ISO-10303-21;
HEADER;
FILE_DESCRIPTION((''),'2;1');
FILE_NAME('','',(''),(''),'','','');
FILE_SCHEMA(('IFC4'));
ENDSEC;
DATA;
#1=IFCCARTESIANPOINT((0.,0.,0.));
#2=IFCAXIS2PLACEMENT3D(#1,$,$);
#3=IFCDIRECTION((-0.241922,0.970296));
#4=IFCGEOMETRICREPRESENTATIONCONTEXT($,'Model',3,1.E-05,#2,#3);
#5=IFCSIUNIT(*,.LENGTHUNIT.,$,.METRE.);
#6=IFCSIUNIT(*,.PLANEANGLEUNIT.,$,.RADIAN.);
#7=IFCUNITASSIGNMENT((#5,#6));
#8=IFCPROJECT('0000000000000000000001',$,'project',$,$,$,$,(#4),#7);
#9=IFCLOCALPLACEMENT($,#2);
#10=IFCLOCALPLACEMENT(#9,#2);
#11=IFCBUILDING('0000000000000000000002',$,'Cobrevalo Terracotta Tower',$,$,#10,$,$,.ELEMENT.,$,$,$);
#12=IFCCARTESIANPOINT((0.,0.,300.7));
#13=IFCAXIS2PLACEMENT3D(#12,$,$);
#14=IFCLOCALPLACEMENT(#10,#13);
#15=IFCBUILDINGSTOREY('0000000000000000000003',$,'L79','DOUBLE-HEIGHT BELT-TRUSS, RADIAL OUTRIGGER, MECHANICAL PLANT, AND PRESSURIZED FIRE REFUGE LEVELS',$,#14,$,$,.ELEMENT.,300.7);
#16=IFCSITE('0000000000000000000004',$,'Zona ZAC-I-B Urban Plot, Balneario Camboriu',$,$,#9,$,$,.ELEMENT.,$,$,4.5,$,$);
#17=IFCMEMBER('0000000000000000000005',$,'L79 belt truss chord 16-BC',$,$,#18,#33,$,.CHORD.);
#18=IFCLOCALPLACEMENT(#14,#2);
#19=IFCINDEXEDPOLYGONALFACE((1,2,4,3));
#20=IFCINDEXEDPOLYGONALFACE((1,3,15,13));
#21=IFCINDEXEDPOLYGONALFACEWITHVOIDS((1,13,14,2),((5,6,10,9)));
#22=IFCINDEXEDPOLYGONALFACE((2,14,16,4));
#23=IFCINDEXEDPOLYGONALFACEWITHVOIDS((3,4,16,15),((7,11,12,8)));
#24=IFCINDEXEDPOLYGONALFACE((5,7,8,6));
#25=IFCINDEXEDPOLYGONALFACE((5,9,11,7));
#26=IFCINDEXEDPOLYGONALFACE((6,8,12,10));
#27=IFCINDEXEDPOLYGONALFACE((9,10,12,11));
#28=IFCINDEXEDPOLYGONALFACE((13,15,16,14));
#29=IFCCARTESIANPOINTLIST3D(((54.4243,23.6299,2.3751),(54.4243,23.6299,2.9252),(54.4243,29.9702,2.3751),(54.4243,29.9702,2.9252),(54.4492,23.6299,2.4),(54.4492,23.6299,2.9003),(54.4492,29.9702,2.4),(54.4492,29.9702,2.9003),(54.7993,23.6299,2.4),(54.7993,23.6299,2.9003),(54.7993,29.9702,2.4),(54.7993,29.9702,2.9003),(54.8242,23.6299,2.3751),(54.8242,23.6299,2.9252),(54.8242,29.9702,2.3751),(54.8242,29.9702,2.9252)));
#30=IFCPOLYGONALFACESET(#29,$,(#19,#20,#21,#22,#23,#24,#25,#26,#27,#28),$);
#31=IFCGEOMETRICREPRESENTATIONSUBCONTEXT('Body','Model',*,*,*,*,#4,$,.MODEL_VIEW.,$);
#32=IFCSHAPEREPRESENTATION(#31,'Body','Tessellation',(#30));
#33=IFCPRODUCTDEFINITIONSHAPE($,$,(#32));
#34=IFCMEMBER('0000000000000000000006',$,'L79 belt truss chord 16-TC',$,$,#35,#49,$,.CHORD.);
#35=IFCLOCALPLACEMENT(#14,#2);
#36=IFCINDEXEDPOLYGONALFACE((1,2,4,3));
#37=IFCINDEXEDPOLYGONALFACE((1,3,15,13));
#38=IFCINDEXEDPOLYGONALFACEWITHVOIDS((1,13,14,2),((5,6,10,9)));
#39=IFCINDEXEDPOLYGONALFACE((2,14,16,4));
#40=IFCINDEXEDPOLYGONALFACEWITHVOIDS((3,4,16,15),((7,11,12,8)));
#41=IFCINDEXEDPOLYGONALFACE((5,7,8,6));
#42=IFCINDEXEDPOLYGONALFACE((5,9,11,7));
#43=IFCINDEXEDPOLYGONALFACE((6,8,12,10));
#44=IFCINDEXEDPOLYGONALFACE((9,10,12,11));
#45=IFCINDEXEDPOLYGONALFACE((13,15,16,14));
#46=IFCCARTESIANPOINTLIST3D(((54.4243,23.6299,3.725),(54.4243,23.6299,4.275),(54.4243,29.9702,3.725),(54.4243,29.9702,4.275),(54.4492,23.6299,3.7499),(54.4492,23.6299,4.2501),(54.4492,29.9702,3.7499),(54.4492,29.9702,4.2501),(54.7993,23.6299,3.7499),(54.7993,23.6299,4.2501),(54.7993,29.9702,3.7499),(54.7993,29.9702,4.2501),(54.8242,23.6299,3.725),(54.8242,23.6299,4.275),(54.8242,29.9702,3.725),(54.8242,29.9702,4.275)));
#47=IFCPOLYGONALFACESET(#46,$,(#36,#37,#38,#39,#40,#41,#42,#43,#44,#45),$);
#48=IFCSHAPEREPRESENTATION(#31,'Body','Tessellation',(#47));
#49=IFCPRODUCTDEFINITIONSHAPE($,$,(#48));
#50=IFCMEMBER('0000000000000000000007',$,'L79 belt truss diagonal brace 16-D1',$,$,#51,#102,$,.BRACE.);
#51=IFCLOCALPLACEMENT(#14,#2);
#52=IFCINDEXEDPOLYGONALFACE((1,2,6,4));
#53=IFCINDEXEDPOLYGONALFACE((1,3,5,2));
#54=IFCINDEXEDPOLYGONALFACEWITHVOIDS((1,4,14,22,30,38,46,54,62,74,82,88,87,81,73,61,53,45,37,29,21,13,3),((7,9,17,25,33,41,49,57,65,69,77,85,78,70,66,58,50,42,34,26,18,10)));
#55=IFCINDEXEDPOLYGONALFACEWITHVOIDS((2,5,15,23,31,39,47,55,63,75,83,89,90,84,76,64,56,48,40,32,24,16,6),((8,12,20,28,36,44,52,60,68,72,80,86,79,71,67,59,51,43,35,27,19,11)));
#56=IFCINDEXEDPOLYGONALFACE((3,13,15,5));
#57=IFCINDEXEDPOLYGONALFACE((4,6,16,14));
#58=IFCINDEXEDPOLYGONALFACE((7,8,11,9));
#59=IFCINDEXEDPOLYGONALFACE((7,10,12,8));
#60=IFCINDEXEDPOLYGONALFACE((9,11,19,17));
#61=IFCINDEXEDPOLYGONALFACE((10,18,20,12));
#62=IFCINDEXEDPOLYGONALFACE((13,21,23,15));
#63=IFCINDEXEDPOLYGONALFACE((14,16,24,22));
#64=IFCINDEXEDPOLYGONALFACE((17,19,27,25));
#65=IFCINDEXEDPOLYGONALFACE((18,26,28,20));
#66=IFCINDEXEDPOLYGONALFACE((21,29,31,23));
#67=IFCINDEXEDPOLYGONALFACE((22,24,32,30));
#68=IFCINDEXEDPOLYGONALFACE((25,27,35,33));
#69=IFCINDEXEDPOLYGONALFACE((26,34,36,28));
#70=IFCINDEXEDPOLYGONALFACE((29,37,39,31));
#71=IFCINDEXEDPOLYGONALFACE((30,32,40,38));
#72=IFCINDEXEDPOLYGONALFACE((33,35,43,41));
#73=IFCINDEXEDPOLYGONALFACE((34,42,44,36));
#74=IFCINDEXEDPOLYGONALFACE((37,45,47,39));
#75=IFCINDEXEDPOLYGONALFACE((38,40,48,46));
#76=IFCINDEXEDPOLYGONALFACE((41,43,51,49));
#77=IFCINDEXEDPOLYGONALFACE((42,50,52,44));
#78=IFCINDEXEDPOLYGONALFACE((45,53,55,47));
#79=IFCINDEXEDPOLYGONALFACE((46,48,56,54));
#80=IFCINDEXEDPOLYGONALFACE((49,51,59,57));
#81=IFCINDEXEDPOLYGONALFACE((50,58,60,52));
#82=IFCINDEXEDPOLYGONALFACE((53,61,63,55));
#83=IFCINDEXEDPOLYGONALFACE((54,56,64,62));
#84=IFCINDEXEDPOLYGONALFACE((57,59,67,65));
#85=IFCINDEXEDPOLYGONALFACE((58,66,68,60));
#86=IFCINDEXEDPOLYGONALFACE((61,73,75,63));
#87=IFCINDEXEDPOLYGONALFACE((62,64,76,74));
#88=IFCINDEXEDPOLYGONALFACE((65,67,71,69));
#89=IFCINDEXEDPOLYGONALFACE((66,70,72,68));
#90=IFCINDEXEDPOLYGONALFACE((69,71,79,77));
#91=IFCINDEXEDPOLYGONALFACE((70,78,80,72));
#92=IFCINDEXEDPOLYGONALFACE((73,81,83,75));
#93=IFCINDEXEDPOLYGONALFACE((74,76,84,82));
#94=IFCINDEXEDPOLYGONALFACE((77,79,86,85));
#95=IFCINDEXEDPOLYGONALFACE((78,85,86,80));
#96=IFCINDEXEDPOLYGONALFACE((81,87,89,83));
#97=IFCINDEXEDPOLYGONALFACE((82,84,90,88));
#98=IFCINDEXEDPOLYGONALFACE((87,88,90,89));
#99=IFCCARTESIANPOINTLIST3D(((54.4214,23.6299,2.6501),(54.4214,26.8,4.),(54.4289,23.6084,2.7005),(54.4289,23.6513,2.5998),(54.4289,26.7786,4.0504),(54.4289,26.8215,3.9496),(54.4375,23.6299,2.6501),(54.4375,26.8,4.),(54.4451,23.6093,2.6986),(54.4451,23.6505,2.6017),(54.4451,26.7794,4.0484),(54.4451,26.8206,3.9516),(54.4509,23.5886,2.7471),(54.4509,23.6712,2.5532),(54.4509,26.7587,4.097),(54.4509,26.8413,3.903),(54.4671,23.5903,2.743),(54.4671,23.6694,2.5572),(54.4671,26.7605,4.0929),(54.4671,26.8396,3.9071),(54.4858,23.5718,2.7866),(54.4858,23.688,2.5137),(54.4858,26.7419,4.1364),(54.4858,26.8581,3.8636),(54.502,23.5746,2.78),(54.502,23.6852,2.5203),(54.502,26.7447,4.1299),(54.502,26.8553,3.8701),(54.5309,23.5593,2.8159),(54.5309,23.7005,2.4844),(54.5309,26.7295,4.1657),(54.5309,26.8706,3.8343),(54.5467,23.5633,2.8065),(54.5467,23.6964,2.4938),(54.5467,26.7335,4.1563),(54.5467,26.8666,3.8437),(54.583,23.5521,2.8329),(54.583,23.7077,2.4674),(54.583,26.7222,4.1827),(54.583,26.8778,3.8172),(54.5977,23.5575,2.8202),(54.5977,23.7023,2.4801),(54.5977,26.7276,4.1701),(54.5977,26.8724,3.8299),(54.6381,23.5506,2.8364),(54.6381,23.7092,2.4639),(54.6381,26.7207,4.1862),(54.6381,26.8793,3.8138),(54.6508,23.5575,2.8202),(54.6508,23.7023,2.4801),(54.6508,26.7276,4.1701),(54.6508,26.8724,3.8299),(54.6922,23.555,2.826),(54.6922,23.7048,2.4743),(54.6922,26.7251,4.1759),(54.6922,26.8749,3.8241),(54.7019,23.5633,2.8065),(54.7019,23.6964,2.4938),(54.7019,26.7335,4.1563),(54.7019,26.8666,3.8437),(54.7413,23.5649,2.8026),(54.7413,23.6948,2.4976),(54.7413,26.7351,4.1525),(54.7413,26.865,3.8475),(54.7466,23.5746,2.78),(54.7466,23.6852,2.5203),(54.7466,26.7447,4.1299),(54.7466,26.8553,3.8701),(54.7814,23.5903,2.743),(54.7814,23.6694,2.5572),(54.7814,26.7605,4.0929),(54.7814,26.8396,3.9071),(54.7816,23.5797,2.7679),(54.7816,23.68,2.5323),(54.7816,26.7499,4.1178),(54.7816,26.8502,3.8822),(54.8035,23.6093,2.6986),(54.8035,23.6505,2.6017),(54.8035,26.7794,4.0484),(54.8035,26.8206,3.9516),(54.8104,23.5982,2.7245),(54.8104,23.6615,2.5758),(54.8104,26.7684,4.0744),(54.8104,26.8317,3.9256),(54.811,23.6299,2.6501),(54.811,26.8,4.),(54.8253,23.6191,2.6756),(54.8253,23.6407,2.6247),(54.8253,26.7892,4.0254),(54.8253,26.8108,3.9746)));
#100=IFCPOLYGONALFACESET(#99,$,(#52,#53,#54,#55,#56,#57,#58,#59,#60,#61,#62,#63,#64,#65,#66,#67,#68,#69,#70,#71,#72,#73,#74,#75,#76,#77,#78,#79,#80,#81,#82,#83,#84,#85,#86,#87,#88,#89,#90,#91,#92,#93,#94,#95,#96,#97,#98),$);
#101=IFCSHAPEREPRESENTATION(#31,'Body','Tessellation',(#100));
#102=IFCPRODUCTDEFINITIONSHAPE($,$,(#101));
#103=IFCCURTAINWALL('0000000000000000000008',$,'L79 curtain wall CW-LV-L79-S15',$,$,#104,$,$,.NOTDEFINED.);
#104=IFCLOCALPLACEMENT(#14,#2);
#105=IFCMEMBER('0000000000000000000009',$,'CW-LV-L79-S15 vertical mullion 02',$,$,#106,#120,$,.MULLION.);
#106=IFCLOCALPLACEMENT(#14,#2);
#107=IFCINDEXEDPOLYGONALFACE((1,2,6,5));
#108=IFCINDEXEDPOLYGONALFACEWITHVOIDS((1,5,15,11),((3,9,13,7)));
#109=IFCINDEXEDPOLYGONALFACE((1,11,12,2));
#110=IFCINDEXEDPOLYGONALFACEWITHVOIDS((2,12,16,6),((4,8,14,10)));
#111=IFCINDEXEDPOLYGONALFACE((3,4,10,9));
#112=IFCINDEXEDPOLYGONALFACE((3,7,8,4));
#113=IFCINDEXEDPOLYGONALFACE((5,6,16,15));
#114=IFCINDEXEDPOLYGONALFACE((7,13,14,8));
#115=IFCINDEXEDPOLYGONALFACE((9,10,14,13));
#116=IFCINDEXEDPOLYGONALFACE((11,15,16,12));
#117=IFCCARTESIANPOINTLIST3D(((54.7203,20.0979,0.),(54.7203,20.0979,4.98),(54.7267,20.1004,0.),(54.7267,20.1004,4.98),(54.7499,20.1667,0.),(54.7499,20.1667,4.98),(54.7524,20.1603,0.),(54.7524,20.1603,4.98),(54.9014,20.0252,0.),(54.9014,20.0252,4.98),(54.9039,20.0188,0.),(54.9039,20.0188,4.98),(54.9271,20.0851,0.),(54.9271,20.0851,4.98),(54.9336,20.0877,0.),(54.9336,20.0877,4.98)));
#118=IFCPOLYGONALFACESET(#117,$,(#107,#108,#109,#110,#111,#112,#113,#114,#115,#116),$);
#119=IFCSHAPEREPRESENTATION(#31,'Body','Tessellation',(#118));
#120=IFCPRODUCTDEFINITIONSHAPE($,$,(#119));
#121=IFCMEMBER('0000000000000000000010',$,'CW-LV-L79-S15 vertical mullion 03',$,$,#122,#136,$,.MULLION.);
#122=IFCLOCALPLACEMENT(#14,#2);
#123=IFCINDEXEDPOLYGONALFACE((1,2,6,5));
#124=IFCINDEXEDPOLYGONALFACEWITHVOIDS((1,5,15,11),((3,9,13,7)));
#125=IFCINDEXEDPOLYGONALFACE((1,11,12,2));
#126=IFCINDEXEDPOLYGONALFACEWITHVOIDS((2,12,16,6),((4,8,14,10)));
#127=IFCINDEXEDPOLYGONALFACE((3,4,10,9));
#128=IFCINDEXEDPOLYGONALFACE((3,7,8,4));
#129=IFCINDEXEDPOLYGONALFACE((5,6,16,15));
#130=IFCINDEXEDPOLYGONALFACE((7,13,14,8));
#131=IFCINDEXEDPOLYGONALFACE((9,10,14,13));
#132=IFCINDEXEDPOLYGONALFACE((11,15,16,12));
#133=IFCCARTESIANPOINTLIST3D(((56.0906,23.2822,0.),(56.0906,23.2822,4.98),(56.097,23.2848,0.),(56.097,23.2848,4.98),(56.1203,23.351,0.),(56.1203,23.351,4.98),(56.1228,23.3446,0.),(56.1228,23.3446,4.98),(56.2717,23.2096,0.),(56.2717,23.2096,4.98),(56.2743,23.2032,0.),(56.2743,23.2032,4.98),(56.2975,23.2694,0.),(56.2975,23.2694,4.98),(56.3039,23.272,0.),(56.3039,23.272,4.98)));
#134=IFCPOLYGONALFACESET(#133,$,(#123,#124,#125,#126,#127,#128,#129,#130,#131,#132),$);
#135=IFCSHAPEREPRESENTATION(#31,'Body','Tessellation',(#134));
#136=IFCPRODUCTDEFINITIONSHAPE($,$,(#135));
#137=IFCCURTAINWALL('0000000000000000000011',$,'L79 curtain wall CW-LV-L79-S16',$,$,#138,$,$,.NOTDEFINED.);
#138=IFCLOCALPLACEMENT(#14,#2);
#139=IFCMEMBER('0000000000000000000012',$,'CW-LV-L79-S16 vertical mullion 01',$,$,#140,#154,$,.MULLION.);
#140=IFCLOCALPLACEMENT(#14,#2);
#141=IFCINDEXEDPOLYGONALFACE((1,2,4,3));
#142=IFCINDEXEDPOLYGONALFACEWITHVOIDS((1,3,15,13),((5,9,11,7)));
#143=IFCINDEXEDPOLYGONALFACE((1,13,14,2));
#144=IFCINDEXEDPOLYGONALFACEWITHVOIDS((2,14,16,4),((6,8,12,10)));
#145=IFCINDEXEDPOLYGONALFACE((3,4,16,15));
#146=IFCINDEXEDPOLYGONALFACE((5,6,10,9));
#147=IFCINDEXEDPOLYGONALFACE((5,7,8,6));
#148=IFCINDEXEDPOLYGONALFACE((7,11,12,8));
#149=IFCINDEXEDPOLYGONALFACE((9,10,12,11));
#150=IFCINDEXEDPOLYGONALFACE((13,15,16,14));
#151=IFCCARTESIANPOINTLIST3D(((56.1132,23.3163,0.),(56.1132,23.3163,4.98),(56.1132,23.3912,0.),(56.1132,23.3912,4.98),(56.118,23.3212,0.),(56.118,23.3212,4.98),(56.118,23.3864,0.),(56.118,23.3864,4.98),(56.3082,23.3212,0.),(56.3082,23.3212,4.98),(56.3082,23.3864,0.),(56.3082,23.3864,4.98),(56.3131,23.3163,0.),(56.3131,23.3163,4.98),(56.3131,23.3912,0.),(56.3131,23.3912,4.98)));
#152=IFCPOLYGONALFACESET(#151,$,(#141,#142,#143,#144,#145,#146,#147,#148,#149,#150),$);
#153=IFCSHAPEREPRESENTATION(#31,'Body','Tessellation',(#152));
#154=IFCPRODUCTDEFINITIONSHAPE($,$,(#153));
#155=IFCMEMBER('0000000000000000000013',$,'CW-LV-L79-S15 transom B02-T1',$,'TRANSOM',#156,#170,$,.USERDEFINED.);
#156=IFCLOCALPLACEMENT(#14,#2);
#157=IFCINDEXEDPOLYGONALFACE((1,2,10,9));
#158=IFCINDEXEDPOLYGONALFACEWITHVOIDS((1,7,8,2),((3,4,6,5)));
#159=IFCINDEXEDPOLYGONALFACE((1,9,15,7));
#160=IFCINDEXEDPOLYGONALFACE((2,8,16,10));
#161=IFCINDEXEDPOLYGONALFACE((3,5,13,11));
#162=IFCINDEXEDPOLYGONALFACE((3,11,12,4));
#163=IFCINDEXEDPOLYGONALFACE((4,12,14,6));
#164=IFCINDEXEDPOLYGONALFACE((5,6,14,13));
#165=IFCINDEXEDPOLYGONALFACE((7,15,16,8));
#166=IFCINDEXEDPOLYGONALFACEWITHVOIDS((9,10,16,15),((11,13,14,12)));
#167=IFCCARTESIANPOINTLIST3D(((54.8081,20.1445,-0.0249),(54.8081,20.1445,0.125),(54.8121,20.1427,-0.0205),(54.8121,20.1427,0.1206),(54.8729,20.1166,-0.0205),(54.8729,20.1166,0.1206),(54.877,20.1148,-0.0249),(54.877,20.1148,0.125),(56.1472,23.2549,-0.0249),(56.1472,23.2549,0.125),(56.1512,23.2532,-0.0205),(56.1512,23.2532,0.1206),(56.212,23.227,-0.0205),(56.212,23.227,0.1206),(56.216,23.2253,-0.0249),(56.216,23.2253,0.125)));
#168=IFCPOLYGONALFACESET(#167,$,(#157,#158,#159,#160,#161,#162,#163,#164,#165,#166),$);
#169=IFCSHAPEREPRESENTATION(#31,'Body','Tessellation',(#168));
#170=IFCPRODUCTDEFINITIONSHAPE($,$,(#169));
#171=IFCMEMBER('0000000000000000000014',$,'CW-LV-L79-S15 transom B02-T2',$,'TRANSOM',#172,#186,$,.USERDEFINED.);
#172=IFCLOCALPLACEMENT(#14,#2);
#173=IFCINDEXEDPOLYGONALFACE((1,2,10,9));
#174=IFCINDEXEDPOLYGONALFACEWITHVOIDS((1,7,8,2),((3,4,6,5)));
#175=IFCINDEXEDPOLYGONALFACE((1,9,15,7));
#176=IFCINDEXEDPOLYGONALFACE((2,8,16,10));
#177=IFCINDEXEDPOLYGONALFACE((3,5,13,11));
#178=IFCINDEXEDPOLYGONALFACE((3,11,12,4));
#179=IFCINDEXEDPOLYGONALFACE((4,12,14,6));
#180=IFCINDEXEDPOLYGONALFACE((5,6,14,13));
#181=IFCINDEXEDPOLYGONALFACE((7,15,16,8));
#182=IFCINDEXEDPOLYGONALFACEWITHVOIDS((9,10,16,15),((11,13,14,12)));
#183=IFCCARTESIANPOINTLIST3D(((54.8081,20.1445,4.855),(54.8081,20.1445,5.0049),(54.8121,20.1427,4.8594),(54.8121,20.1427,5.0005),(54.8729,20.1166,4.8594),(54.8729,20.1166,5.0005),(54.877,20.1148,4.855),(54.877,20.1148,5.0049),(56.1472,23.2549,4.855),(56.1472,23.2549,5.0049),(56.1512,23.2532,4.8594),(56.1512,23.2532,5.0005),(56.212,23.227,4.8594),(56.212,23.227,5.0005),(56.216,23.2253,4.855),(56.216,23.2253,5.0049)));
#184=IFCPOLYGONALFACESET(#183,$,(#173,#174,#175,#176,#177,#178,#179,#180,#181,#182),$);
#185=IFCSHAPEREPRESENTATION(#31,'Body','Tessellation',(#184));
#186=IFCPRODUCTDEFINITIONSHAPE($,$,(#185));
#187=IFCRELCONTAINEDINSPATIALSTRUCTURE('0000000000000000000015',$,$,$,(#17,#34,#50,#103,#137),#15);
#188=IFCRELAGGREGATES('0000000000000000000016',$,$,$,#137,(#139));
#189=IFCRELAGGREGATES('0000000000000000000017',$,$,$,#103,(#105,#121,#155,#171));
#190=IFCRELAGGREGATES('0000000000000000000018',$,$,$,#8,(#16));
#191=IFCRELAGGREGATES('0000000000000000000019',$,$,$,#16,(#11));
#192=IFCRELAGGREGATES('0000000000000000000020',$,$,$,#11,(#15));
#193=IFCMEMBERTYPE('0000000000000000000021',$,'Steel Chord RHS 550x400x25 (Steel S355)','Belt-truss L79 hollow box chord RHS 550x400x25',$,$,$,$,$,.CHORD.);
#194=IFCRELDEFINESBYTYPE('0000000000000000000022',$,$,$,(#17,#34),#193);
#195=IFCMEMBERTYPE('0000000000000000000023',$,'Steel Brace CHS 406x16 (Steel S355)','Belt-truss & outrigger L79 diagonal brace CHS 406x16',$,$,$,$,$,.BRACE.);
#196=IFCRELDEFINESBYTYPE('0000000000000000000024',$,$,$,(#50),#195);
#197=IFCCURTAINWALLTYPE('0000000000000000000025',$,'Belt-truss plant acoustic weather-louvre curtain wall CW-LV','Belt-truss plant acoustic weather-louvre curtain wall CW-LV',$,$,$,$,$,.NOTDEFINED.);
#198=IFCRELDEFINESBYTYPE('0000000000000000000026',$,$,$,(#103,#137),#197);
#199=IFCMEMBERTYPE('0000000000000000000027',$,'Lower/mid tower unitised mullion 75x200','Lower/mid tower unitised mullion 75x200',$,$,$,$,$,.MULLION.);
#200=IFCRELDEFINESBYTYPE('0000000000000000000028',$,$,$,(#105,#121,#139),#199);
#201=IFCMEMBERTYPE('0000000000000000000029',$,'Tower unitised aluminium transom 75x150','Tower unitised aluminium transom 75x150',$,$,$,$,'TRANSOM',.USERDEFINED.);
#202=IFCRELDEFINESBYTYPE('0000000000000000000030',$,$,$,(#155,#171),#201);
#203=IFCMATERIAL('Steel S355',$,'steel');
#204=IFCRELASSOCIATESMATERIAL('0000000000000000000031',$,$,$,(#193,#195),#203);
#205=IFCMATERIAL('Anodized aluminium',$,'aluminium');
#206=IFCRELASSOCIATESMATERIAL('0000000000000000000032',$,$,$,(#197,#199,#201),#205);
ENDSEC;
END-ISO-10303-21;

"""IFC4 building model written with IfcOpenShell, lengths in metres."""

from ifc_helpers import new_model, si_unit, direction, frame, origin, origin_2d, place, context, subcontext, project, spatial, hollow_rectangle, hollow_circle, extrude, source, transform, mapped, material, material_profile, profile_set, type_object, element, aggregate, save


model = new_model("IFC4")

# Units and contexts
model_context = context("Model", 3, precision=1e-05, world=origin(), true_north=direction((-0.241922, 0.970296)))
body_context = subcontext(model_context, "Body", "Model", "MODEL_VIEW")
ifc_project = project(units=[si_unit("LENGTHUNIT", "METRE"), si_unit("PLANEANGLEUNIT", "RADIAN")], contexts=[model_context])

# Site, building, storey
site_placement = place(None, origin())
site = spatial("IfcSite", under=ifc_project, at=site_placement, Name="Zona ZAC-I-B Urban Plot, Balneario Camboriu", CompositionType="ELEMENT", RefElevation=4.5)
building_placement = place(site_placement, origin())
building = spatial("IfcBuilding", under=site, at=building_placement, Name="Cobrevalo Terracotta Tower", CompositionType="ELEMENT")
storey_placement = place(building_placement, frame((0.0, 0.0, 300.7)))
storey = spatial("IfcBuildingStorey", under=building, at=storey_placement, Name="L79", Description="DOUBLE-HEIGHT BELT-TRUSS, RADIAL OUTRIGGER, MECHANICAL PLANT, AND PRESSURIZED FIRE REFUGE LEVELS", CompositionType="ELEMENT", Elevation=300.7)

# Shared definitions
ifc_material_1 = material(Name="Steel S355", Category="steel")

# Members
ifc_material_profile_1 = material_profile(ifc_material_1, hollow_rectangle(XDim=0.3999, YDim=0.55, WallThickness=0.0249, at=origin_2d()), Name="RHS 550x400x25")
ifc_profile_set_1 = profile_set([ifc_material_profile_1], Name="Steel S355")
member_type_1 = type_object("IfcMemberType", Name="Steel Chord RHS 550x400x25 (Steel S355)", Description="Belt-truss L79 hollow box chord RHS 550x400x25", PredefinedType="CHORD", material=ifc_profile_set_1)
ifc_material_profile_2 = material_profile(ifc_material_1, hollow_circle(Radius=0.2029, WallThickness=0.0161, at=origin_2d()), Name="CHS 406x16")
ifc_profile_set_2 = profile_set([ifc_material_profile_2], Name="Steel S355")
member_type_2 = type_object("IfcMemberType", Name="Steel Brace CHS 406x16 (Steel S355)", Description="Belt-truss & outrigger L79 diagonal brace CHS 406x16", PredefinedType="BRACE", material=ifc_profile_set_2)
shared_shape_1 = source(origin(), body_context, "Body", "SweptSolid", [
    extrude(hollow_rectangle(XDim=0.3999, YDim=0.55, WallThickness=0.0249, at=origin_2d()), origin(), (0.0, 0.0, 1.0), 6.3403),
])
for number, where, z_axis, x_axis, name in (
    (1, (54.6243, 23.6299, 2.6501), (0.0, 1.0, 0.0), (-1.0, 0.0, 0.0), "L79 belt truss chord 16-BC"),
    (2, (54.6243, 23.6299, 4.0), (0.0, 1.0, 0.0), (-1.0, 0.0, 0.0), "L79 belt truss chord 16-TC"),
):
    element("IfcMember", number, at=place(storey_placement, frame(where, z_axis=z_axis, x_axis=x_axis)), inside=storey, type_object=member_type_1, Name=name, PredefinedType="CHORD", context=body_context, shape_type="MappedRepresentation", body=[
        mapped(shared_shape_1, transform((0.0, 0.0, 0.0), scale=1.0)),
    ])
shared_shape_2 = source(origin(), body_context, "Body", "SweptSolid", [
    extrude(hollow_circle(Radius=0.2029, WallThickness=0.0161, at=origin_2d()), origin(), (0.0, 0.0, 1.0), 3.4456),
])
member_1_placement = place(storey_placement, frame((54.6243, 23.6299, 2.6501), z_axis=(0.0, 0.920066, 0.391763), x_axis=(-1.0, 0.0, 0.0)))
element("IfcMember", 3, at=member_1_placement, inside=storey, type_object=member_type_2, Name="L79 belt truss diagonal brace 16-D1", PredefinedType="BRACE", context=body_context, shape_type="MappedRepresentation", body=[
    mapped(shared_shape_2, transform((0.0, 0.0, 0.0), scale=1.0)),
])

# Curtain wall, members
ifc_material_2 = material(Name="Anodized aluminium", Category="aluminium")
curtain_wall_type = type_object("IfcCurtainWallType", Name="Belt-truss plant acoustic weather-louvre curtain wall CW-LV", Description="Belt-truss plant acoustic weather-louvre curtain wall CW-LV", PredefinedType="NOTDEFINED", material=ifc_material_2)
curtain_wall_1_placement = place(storey_placement, origin())
curtain_wall_1 = element("IfcCurtainWall", 4, at=curtain_wall_1_placement, inside=storey, type_object=curtain_wall_type, Name="L79 curtain wall CW-LV-L79-S15", PredefinedType="NOTDEFINED")
ifc_material_profile_3 = material_profile(ifc_material_2, hollow_rectangle(XDim=0.075, YDim=0.2, WallThickness=0.0049, at=origin_2d()), Name="CWM 75x200")
ifc_profile_set_3 = profile_set([ifc_material_profile_3], Name="Anodized aluminium")
member_type_3 = type_object("IfcMemberType", Name="Lower/mid tower unitised mullion 75x200", Description="Lower/mid tower unitised mullion 75x200", PredefinedType="MULLION", material=ifc_profile_set_3)
shared_shape_3 = source(origin(), body_context, "Body", "SweptSolid", [
    extrude(hollow_rectangle(XDim=0.075, YDim=0.2, WallThickness=0.0049, at=origin_2d()), origin(), (0.0, 0.0, 1.0), 4.98),
])
member_2_placement = place(storey_placement, frame((54.8269, 20.0928, 0.0), z_axis=(0.0, 0.0, 1.0), x_axis=(0.395369, 0.918522, 0.0)))
member_2 = element("IfcMember", 5, at=member_2_placement, type_object=member_type_3, Name="CW-LV-L79-S15 vertical mullion 02", PredefinedType="MULLION", context=body_context, shape_type="MappedRepresentation", body=[
    mapped(shared_shape_3, transform((0.0, 0.0, 0.0), scale=1.0)),
])
member_3_placement = place(storey_placement, frame((56.1973, 23.2771, 0.0), z_axis=(0.0, 0.0, 1.0), x_axis=(0.395369, 0.918522, 0.0)))
member_3 = element("IfcMember", 6, at=member_3_placement, type_object=member_type_3, Name="CW-LV-L79-S15 vertical mullion 03", PredefinedType="MULLION", context=body_context, shape_type="MappedRepresentation", body=[
    mapped(shared_shape_3, transform((0.0, 0.0, 0.0), scale=1.0)),
])

# Curtain wall, member
curtain_wall_2_placement = place(storey_placement, origin())
curtain_wall_2 = element("IfcCurtainWall", 7, at=curtain_wall_2_placement, inside=storey, type_object=curtain_wall_type, Name="L79 curtain wall CW-LV-L79-S16", PredefinedType="NOTDEFINED")
member_4_placement = place(storey_placement, frame((56.2131, 23.3538, 0.0), z_axis=(0.0, 0.0, 1.0), x_axis=(0.0, 1.0, 0.0)))
member_4 = element("IfcMember", 8, at=member_4_placement, type_object=member_type_3, Name="CW-LV-L79-S16 vertical mullion 01", PredefinedType="MULLION", context=body_context, shape_type="MappedRepresentation", body=[
    mapped(shared_shape_3, transform((0.0, 0.0, 0.0), scale=1.0)),
])

# Members
ifc_material_profile_4 = material_profile(ifc_material_2, hollow_rectangle(XDim=0.075, YDim=0.1499, WallThickness=0.0044, at=origin_2d()), Name="CWT 75x150")
ifc_profile_set_4 = profile_set([ifc_material_profile_4], Name="Anodized aluminium")
member_type_4 = type_object("IfcMemberType", Name="Tower unitised aluminium transom 75x150", Description="Tower unitised aluminium transom 75x150", ElementType="TRANSOM", PredefinedType="USERDEFINED", material=ifc_profile_set_4)
shared_shape_4 = source(origin(), body_context, "Body", "SweptSolid", [
    extrude(hollow_rectangle(XDim=0.075, YDim=0.1499, WallThickness=0.0044, at=origin_2d()), origin(), (0.0, 0.0, 1.0), 3.3865),
])
member_5_placement = place(storey_placement, frame((54.8425, 20.1296, 0.05), z_axis=(0.395415, 0.918502, 0.0), x_axis=(-0.918502, 0.395415, 0.0)))
member_5 = element("IfcMember", 9, at=member_5_placement, type_object=member_type_4, Name="CW-LV-L79-S15 transom B02-T1", ObjectType="TRANSOM", PredefinedType="USERDEFINED", context=body_context, shape_type="MappedRepresentation", body=[
    mapped(shared_shape_4, transform((0.0, 0.0, 0.0), scale=1.0)),
])
member_6_placement = place(storey_placement, frame((54.8425, 20.1296, 4.9299), z_axis=(0.395415, 0.918502, 0.0), x_axis=(-0.918502, 0.395415, 0.0)))
member_6 = element("IfcMember", 10, at=member_6_placement, type_object=member_type_4, Name="CW-LV-L79-S15 transom B02-T2", ObjectType="TRANSOM", PredefinedType="USERDEFINED", context=body_context, shape_type="MappedRepresentation", body=[
    mapped(shared_shape_4, transform((0.0, 0.0, 0.0), scale=1.0)),
])
aggregate(curtain_wall_2, [member_4])

aggregate(curtain_wall_1, [member_2, member_3, member_5, member_6])

save(model, "model.ifc")
